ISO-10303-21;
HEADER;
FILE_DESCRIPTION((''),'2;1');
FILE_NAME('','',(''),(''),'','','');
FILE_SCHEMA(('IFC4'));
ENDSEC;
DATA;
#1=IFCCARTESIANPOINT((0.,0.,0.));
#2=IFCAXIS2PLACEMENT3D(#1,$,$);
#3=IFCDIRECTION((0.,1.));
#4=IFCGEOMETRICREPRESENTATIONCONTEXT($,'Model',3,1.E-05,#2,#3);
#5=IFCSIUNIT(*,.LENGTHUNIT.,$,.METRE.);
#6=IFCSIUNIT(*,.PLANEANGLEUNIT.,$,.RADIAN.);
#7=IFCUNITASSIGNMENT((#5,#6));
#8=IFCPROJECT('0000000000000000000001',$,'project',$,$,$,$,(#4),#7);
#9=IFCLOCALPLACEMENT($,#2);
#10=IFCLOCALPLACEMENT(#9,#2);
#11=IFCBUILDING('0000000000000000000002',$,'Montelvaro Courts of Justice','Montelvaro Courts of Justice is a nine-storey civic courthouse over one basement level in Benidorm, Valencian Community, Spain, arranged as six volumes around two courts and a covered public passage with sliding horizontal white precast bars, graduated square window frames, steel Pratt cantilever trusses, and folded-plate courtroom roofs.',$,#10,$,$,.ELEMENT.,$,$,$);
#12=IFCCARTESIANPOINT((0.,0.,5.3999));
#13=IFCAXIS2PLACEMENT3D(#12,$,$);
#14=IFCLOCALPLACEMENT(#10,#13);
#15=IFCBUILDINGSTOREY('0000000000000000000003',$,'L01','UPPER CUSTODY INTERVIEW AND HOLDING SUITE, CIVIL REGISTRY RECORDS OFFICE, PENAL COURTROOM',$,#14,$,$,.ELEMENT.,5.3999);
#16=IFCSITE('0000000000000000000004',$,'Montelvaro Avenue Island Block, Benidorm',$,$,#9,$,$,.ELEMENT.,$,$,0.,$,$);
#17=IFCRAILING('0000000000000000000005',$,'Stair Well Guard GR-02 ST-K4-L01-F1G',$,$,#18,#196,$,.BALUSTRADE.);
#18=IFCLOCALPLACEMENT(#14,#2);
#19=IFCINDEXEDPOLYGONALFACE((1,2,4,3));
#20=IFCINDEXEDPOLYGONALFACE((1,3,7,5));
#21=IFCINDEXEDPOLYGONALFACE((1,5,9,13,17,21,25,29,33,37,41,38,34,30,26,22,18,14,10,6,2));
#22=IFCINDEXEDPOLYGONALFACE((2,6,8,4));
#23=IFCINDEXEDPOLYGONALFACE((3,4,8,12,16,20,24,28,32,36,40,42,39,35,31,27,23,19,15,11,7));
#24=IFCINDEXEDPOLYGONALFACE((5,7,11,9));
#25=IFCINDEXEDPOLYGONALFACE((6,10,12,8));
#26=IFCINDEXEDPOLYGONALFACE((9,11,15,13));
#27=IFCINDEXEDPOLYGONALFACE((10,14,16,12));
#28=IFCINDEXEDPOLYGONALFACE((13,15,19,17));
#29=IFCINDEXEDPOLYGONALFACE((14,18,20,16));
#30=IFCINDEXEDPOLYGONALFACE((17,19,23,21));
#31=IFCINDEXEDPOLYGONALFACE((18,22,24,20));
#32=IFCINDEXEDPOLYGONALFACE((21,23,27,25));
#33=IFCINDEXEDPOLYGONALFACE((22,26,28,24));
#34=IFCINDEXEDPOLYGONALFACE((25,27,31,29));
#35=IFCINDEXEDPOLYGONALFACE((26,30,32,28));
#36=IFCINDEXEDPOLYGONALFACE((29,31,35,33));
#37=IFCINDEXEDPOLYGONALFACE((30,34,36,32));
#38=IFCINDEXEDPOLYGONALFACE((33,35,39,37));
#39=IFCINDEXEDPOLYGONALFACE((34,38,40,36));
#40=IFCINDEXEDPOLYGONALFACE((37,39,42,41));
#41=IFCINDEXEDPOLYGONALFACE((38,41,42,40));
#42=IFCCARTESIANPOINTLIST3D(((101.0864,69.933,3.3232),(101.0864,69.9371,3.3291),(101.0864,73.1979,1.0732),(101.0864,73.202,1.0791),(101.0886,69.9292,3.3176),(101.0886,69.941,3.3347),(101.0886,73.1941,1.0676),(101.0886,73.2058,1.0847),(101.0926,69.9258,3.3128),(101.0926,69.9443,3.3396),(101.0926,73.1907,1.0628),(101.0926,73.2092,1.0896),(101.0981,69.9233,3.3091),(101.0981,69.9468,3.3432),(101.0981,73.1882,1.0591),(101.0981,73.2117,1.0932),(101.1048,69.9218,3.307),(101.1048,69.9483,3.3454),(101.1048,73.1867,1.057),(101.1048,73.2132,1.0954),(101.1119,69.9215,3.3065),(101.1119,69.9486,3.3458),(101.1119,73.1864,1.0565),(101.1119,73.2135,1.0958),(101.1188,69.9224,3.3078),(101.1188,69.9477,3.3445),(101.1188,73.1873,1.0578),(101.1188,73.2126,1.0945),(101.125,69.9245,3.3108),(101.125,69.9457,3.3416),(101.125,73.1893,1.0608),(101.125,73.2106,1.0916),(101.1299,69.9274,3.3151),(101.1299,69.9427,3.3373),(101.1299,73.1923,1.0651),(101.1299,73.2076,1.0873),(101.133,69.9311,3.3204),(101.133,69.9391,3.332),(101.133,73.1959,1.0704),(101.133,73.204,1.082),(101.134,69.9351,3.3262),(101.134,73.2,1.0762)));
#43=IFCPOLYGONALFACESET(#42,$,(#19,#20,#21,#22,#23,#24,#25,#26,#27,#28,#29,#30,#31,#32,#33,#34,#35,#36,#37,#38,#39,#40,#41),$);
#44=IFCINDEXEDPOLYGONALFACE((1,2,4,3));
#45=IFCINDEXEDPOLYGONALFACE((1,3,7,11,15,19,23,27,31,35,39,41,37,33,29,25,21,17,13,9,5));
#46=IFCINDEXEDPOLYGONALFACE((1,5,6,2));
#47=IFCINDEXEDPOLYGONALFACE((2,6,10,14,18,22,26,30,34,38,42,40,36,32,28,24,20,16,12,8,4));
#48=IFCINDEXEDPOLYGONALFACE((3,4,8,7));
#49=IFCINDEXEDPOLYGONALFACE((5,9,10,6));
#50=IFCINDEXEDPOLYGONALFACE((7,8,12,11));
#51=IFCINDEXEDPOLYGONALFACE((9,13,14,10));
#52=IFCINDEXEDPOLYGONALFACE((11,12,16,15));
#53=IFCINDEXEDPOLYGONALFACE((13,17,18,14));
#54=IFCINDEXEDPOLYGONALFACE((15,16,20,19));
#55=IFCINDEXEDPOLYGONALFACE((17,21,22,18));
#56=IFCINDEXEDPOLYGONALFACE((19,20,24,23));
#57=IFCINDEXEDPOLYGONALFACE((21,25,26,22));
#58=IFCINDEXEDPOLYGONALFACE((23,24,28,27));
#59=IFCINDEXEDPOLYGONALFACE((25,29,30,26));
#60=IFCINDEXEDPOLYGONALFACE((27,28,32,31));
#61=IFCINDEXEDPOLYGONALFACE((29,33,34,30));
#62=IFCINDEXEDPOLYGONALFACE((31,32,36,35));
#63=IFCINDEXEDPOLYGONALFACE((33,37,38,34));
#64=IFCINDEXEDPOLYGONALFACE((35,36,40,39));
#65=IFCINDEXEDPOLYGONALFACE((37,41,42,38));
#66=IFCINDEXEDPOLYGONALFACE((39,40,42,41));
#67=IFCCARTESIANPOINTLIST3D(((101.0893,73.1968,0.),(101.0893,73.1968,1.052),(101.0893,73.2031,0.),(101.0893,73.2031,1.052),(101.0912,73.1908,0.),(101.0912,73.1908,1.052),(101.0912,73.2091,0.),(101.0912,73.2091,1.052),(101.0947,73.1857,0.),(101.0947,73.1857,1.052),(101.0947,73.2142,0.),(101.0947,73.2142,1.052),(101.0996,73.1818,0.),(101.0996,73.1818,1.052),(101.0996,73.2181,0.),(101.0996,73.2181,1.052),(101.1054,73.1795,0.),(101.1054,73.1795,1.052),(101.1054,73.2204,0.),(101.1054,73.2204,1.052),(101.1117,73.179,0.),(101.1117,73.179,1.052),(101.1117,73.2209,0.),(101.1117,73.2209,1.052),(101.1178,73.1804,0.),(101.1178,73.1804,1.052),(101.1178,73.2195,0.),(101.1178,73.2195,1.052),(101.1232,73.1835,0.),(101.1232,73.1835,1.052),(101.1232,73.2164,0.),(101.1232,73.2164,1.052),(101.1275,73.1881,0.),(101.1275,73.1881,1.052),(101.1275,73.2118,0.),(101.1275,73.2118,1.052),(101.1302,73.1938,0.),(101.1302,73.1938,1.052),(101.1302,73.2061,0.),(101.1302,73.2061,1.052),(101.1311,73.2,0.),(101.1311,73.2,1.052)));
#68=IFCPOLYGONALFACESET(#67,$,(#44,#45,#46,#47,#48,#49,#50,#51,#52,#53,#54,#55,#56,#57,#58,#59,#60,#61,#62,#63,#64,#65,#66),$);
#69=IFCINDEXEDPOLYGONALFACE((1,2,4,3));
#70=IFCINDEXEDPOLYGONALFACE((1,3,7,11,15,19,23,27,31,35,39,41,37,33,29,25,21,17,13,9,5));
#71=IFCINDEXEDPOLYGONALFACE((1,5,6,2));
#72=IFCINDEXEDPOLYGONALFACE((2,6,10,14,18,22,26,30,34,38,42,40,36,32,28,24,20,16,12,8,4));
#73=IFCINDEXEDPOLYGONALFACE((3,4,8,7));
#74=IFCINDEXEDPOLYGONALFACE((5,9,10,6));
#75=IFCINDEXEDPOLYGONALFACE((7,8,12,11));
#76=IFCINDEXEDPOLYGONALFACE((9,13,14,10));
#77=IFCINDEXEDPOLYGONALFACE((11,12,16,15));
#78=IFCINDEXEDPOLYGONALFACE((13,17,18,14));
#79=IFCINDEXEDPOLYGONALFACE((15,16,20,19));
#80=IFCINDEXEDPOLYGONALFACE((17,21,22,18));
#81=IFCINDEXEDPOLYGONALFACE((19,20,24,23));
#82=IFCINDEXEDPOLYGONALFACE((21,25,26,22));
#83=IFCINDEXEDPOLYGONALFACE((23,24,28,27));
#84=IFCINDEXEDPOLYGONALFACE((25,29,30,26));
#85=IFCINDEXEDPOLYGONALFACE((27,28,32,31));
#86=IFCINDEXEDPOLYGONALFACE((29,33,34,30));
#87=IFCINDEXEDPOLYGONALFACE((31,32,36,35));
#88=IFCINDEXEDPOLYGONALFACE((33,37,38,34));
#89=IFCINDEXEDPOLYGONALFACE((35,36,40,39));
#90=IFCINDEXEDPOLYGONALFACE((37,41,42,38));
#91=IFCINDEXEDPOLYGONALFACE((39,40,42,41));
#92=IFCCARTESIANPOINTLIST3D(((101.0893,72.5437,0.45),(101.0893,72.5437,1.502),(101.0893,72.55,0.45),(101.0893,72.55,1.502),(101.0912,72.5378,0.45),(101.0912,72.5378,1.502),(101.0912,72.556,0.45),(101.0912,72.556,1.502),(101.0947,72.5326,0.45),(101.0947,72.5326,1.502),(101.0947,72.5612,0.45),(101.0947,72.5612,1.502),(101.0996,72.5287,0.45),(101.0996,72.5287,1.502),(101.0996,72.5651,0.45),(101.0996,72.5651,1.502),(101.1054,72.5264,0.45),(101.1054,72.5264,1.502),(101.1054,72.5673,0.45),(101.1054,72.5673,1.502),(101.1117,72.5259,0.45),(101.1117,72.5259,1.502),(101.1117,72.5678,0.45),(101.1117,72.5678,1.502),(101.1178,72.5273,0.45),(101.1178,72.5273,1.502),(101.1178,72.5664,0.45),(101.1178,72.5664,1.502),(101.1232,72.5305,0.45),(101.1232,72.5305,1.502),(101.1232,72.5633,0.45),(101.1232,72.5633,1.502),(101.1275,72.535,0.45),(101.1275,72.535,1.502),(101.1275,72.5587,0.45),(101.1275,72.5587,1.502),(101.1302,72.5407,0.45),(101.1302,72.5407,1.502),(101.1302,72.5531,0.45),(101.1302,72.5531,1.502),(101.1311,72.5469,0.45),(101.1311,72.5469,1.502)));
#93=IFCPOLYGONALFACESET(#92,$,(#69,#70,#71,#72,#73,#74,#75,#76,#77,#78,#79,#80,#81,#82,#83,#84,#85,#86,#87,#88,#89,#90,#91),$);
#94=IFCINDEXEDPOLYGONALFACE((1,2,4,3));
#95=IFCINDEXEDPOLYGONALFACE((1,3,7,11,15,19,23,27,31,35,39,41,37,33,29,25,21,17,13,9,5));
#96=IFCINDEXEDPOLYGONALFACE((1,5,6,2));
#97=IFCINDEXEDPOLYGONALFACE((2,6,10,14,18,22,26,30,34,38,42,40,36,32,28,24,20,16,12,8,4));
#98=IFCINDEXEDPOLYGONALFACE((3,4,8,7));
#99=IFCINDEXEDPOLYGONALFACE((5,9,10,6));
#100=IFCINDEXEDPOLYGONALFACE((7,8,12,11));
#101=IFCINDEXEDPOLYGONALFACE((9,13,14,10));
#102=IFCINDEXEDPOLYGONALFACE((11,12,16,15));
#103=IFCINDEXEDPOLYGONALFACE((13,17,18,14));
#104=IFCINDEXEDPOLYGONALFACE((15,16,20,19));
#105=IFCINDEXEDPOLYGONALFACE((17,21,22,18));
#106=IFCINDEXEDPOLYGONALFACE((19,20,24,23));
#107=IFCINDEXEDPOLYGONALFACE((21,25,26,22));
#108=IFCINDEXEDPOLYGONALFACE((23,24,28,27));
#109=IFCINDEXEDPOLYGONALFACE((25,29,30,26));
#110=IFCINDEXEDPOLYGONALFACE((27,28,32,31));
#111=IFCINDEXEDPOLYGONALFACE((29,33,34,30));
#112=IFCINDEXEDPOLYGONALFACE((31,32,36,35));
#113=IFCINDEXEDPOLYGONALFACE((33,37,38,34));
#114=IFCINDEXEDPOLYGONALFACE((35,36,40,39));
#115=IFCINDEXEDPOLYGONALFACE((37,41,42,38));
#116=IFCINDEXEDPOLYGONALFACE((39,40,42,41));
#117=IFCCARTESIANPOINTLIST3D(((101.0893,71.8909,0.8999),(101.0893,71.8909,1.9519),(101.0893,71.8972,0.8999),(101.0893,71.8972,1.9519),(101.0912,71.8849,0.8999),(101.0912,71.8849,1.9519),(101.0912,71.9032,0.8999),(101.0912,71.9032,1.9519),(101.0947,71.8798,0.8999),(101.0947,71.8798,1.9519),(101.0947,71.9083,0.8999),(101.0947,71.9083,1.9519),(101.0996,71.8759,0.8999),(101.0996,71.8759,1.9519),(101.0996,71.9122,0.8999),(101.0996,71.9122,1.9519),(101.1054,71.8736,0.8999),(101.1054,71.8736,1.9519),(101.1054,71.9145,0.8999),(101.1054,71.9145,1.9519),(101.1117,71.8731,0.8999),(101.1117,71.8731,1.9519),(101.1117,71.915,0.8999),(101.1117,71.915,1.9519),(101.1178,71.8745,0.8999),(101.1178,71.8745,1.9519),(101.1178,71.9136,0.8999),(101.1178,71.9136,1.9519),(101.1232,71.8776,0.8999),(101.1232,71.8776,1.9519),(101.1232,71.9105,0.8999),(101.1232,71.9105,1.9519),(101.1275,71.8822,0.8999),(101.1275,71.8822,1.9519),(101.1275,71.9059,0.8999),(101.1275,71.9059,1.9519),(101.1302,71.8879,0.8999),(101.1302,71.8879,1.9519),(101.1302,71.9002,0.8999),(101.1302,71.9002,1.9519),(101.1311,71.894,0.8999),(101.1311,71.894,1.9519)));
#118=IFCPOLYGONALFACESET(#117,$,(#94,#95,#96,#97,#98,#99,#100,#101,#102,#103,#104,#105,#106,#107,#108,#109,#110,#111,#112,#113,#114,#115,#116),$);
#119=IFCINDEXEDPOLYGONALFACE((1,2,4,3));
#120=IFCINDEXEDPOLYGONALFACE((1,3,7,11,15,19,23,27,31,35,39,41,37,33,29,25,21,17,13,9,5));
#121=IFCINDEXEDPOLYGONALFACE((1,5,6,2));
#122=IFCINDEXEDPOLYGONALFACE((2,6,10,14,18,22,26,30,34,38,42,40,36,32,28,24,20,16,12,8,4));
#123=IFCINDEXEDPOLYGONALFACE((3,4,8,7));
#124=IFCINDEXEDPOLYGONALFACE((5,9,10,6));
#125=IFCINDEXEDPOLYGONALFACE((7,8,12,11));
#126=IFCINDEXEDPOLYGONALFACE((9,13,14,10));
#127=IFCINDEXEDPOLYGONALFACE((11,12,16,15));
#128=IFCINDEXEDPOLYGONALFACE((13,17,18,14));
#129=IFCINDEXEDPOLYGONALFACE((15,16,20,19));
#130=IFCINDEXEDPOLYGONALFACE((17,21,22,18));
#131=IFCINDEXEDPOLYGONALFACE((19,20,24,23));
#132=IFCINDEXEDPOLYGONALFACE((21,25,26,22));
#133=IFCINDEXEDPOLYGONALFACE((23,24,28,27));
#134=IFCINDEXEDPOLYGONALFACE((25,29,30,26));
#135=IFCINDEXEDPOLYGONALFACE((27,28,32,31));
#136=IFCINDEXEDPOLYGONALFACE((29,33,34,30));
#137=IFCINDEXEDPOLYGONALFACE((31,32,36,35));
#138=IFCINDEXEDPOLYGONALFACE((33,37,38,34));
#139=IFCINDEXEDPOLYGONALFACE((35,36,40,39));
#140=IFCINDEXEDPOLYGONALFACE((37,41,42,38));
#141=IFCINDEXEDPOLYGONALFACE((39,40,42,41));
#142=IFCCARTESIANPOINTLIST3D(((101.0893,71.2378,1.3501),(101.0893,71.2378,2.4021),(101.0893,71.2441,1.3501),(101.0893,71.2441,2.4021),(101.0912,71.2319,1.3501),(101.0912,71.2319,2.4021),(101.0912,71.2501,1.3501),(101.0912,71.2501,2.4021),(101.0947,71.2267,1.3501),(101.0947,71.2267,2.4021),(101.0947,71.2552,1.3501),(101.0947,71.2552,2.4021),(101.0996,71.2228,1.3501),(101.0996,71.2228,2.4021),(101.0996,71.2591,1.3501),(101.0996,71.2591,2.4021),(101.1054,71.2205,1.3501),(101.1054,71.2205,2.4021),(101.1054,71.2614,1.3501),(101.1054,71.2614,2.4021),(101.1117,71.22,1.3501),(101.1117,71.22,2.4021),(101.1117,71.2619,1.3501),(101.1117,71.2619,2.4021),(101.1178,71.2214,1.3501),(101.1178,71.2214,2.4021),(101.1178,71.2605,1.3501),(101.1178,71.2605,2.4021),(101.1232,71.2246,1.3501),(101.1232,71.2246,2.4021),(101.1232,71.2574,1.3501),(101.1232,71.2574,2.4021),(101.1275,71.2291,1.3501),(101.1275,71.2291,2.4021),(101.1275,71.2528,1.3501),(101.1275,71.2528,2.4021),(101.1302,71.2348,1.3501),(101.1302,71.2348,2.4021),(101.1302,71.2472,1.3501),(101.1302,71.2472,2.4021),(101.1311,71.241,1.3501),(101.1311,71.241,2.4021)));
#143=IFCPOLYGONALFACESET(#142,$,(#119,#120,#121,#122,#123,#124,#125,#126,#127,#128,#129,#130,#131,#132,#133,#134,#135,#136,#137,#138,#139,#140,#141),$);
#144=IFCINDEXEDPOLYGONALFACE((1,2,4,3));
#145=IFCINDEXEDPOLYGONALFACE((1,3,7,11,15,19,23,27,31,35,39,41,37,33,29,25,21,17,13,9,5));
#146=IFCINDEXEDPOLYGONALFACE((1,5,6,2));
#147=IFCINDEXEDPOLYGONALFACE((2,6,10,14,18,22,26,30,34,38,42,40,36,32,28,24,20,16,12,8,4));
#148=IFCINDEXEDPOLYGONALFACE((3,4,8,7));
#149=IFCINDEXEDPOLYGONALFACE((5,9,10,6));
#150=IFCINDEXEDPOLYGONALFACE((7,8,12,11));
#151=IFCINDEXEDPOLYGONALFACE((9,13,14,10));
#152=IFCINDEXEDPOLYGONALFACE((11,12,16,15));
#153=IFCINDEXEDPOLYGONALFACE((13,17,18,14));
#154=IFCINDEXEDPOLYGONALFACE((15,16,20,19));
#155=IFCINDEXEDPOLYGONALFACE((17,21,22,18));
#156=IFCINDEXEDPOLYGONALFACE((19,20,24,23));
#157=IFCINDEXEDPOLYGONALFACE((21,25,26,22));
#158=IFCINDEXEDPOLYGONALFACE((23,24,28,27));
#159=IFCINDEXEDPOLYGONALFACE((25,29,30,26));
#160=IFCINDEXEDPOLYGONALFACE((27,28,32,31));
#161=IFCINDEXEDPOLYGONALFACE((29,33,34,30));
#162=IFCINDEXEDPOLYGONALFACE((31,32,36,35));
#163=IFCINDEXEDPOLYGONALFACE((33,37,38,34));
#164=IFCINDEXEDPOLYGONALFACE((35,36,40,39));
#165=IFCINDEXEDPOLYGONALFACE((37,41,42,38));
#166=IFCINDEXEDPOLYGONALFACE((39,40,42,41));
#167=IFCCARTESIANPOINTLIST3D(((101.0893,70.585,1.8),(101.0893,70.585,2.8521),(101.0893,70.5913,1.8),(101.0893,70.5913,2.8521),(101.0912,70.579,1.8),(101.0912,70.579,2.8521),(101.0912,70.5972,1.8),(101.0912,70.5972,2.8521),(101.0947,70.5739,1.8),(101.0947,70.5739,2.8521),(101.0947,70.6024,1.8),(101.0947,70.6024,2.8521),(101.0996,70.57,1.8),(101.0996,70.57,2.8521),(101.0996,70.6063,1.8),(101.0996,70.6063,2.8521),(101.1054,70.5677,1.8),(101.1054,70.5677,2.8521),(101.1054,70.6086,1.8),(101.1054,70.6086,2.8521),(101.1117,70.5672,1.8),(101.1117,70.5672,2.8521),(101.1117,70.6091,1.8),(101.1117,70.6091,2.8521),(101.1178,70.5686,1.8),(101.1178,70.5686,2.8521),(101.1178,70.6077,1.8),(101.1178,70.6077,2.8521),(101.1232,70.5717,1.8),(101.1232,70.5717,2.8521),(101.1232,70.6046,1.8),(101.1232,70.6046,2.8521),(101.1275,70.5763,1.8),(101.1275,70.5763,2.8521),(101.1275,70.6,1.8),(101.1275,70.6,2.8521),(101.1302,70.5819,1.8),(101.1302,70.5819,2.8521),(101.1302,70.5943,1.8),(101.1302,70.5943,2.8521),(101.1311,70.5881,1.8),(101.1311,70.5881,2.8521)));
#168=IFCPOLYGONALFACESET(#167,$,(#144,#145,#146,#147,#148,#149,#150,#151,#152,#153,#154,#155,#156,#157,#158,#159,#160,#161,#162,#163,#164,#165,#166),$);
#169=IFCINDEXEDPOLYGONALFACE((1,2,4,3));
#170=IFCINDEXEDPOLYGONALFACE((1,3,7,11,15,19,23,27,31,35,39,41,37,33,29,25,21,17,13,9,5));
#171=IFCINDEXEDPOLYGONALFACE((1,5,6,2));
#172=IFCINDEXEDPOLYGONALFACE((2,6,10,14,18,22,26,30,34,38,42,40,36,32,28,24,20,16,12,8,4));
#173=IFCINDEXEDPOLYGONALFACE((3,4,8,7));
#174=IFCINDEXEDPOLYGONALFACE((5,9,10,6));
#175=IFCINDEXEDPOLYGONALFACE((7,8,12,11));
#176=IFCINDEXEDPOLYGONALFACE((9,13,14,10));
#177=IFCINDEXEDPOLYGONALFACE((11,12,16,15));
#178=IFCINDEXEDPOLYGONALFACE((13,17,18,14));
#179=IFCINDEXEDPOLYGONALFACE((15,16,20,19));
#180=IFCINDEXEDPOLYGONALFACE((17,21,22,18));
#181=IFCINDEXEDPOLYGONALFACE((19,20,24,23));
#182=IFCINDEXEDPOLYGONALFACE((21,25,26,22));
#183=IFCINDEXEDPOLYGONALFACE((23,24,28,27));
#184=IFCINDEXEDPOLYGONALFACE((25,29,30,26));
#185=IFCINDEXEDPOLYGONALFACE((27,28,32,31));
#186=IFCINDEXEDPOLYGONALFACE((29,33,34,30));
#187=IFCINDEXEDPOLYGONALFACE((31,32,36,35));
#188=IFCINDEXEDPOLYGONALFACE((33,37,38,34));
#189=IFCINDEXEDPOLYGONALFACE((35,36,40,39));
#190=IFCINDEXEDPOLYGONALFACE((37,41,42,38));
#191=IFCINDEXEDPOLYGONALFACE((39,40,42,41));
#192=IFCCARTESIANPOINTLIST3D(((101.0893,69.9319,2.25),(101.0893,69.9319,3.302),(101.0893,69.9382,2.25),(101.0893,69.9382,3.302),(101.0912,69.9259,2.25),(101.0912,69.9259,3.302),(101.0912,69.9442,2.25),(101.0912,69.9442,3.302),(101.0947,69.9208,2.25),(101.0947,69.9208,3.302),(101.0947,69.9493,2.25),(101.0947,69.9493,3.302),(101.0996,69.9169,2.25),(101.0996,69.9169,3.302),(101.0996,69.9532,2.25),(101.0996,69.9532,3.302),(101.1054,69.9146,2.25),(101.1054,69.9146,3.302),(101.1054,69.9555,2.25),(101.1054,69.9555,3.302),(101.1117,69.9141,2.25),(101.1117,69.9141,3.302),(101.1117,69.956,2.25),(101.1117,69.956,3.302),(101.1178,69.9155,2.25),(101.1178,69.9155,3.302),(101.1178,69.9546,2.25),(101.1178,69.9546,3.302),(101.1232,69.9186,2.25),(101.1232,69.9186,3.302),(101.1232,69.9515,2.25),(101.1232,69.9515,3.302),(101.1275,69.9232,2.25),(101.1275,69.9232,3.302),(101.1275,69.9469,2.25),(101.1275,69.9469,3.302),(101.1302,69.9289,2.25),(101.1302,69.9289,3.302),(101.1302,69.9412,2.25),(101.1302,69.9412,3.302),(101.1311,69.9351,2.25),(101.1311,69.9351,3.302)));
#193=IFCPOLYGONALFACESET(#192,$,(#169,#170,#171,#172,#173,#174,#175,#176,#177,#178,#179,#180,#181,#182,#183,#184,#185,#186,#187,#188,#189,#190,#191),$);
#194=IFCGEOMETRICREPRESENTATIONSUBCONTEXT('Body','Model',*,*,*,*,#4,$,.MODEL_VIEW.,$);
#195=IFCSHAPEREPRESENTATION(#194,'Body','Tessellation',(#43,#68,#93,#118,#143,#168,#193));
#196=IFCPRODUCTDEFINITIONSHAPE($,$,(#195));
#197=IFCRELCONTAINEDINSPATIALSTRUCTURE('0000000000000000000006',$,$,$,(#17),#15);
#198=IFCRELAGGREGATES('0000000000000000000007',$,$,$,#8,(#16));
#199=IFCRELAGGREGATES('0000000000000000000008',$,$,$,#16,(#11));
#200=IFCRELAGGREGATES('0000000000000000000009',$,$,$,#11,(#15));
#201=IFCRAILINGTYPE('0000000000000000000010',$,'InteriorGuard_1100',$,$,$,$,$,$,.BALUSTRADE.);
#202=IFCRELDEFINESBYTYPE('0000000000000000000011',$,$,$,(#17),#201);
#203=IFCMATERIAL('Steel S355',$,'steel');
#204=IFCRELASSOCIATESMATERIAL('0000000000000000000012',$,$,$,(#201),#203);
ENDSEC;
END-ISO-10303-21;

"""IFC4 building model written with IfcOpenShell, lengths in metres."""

from ifc_helpers import new_model, si_unit, direction, frame, origin, origin_2d, place, context, subcontext, project, spatial, circle, extrude, material, type_object, element, save


model = new_model("IFC4")

# Units and contexts
model_context = context("Model", 3, precision=1e-05, world=origin(), true_north=direction((0.0, 1.0)))
body_context = subcontext(model_context, "Body", "Model", "MODEL_VIEW")
ifc_project = project(units=[si_unit("LENGTHUNIT", "METRE"), si_unit("PLANEANGLEUNIT", "RADIAN")], contexts=[model_context])

# Site, building, storey
site_placement = place(None, origin())
site = spatial("IfcSite", under=ifc_project, at=site_placement, Name="Montelvaro Avenue Island Block, Benidorm", CompositionType="ELEMENT", RefElevation=0.0)
building_placement = place(site_placement, origin())
building = spatial("IfcBuilding", under=site, at=building_placement, Name="Montelvaro Courts of Justice", Description="Montelvaro Courts of Justice is a nine-storey civic courthouse over one basement level in Benidorm, Valencian Community, Spain, arranged as six volumes around two courts and a covered public passage with sliding horizontal white precast bars, graduated square window frames, steel Pratt cantilever trusses, and folded-plate courtroom roofs.", CompositionType="ELEMENT")
storey_placement = place(building_placement, frame((0.0, 0.0, 5.3999)))
storey = spatial("IfcBuildingStorey", under=building, at=storey_placement, Name="L01", Description="UPPER CUSTODY INTERVIEW AND HOLDING SUITE, CIVIL REGISTRY RECORDS OFFICE, PENAL COURTROOM", CompositionType="ELEMENT", Elevation=5.3999)

# Railing
ifc_material_1 = material(Name="Steel S355", Category="steel")
railing_type_1 = type_object("IfcRailingType", Name="InteriorGuard_1100", PredefinedType="BALUSTRADE", material=ifc_material_1)
railing_1_placement = place(storey_placement, frame((101.1101, 73.2, 0.0)))
element("IfcRailing", 1, at=railing_1_placement, inside=storey, type_object=railing_type_1, Name="Stair Well Guard GR-02 ST-K4-L01-F1G", PredefinedType="BALUSTRADE", context=body_context, shape_type="SweptSolid", body=[
    extrude(circle(Radius=0.0239, at=origin_2d()), frame((0.0, 0.0, 1.0762), z_axis=(0.0, -0.823407, 0.567451), x_axis=(1.0, 0.0, 0.0)), (0.0, 0.0, 1.0), 3.9651),
    extrude(circle(Radius=0.021, at=origin_2d()), origin(), (0.0, 0.0, 1.0), 1.052),
    extrude(circle(Radius=0.021, at=origin_2d()), frame((0.0, -0.6531, 0.45)), (0.0, 0.0, 1.0), 1.052),
    extrude(circle(Radius=0.021, at=origin_2d()), frame((0.0, -1.3059, 0.8999)), (0.0, 0.0, 1.0), 1.052),
    extrude(circle(Radius=0.021, at=origin_2d()), frame((0.0, -1.959, 1.3501)), (0.0, 0.0, 1.0), 1.052),
    extrude(circle(Radius=0.021, at=origin_2d()), frame((0.0, -2.6118, 1.8)), (0.0, 0.0, 1.0), 1.052),
    extrude(circle(Radius=0.021, at=origin_2d()), frame((0.0, -3.2649, 2.25)), (0.0, 0.0, 1.0), 1.052),
])

save(model, "model.ifc")
